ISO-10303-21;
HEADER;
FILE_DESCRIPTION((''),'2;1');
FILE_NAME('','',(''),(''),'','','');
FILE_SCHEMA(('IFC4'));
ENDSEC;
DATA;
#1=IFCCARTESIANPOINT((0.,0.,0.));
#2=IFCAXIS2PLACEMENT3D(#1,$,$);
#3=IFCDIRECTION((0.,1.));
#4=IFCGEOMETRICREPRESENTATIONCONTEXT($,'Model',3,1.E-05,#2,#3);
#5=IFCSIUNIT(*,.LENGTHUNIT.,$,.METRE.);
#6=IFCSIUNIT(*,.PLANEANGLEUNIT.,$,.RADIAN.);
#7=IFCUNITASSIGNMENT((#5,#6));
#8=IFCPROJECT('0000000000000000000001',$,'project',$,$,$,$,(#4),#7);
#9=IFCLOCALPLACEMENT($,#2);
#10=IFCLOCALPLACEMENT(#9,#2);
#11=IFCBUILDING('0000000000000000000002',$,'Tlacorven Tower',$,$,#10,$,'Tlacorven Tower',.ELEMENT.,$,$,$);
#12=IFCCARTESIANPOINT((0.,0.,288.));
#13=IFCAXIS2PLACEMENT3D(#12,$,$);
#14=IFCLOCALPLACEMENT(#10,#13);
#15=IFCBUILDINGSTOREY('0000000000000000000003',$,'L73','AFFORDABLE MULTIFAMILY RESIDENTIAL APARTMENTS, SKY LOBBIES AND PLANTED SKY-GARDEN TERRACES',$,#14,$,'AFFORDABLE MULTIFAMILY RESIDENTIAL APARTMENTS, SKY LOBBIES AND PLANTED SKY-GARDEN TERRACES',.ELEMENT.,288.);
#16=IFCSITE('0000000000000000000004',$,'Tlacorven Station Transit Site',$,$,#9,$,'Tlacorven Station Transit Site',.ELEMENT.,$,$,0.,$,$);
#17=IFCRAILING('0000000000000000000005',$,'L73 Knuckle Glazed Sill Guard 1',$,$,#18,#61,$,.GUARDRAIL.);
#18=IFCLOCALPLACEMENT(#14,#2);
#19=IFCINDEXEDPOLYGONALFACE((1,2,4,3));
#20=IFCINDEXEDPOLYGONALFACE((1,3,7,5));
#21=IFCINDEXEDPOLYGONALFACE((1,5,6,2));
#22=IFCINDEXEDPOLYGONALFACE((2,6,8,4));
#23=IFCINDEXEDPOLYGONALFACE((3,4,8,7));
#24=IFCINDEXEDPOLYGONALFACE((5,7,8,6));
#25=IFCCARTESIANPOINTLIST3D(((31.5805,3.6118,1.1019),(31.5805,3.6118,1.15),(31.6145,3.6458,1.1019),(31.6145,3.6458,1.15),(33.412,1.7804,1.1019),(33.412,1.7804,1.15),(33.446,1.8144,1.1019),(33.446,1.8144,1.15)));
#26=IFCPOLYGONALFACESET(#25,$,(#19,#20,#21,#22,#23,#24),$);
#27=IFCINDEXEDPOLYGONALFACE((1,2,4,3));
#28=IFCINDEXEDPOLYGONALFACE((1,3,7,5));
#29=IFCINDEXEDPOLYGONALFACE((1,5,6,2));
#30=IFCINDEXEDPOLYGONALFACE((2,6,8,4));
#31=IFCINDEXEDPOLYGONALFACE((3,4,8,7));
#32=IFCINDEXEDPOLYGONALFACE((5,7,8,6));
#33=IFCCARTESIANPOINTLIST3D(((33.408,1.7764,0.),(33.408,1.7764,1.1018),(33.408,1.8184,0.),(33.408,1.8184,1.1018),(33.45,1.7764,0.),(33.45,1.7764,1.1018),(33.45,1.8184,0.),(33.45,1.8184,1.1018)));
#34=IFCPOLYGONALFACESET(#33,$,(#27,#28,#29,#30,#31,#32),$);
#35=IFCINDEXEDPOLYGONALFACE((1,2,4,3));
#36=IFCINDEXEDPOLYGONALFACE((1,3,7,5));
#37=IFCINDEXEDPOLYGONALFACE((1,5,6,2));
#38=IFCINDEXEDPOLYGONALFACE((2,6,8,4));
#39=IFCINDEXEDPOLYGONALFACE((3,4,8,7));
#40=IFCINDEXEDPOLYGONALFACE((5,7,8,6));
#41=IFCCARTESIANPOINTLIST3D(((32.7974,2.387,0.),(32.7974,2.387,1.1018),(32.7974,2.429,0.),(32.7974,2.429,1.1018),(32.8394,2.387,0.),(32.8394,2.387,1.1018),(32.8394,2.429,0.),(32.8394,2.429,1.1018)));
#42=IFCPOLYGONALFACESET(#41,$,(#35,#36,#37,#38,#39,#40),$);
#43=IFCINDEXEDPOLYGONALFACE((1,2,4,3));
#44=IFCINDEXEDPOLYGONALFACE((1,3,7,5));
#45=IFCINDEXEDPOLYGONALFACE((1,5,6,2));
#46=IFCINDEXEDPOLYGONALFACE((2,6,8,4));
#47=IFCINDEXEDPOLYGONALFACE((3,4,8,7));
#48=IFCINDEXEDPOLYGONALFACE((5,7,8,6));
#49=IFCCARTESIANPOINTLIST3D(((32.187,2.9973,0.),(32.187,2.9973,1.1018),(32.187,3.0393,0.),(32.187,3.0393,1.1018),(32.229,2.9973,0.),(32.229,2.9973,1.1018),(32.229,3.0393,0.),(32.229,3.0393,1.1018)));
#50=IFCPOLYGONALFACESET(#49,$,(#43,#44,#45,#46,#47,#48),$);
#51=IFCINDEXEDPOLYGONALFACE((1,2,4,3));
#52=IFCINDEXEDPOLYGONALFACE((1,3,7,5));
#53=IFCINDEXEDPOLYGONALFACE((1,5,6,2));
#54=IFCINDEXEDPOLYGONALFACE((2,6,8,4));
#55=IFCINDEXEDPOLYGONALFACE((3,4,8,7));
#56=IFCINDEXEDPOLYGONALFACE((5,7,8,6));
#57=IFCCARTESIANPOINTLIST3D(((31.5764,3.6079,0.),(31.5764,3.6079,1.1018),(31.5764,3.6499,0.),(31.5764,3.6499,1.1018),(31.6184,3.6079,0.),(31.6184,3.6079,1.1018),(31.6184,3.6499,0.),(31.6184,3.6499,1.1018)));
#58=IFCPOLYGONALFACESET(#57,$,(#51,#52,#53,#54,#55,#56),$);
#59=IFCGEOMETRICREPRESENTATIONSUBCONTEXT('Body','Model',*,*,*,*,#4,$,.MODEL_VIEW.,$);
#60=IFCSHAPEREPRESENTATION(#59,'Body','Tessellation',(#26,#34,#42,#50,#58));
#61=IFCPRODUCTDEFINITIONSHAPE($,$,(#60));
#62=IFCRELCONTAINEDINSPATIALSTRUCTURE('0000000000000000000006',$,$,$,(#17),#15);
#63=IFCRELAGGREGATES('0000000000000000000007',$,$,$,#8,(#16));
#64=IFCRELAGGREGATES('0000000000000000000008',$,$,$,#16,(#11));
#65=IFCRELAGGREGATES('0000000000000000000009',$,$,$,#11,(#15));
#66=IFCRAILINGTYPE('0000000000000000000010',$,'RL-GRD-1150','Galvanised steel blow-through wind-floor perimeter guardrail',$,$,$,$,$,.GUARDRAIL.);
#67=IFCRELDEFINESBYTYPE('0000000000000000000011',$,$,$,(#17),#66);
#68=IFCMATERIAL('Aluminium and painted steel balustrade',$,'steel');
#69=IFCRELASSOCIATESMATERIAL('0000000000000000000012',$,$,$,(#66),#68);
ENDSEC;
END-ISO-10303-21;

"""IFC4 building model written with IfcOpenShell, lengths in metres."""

from ifc_helpers import new_model, si_unit, direction, frame, origin, origin_2d, place, context, subcontext, project, spatial, rectangle, extrude, source, transform, mapped, material, type_object, element, save


model = new_model("IFC4")

# Units and contexts
model_context = context("Model", 3, precision=1e-05, world=origin(), true_north=direction((0.0, 1.0)))
body_context = subcontext(model_context, "Body", "Model", "MODEL_VIEW")
ifc_project = project(units=[si_unit("LENGTHUNIT", "METRE"), si_unit("PLANEANGLEUNIT", "RADIAN")], contexts=[model_context])

# Site, building, storey
site_placement = place(None, origin())
site = spatial("IfcSite", under=ifc_project, at=site_placement, Name="Tlacorven Station Transit Site", LongName="Tlacorven Station Transit Site", CompositionType="ELEMENT", RefElevation=0.0)
building_placement = place(site_placement, origin())
building = spatial("IfcBuilding", under=site, at=building_placement, Name="Tlacorven Tower", LongName="Tlacorven Tower", CompositionType="ELEMENT")
storey_placement = place(building_placement, frame((0.0, 0.0, 288.0)))
storey = spatial("IfcBuildingStorey", under=building, at=storey_placement, Name="L73", Description="AFFORDABLE MULTIFAMILY RESIDENTIAL APARTMENTS, SKY LOBBIES AND PLANTED SKY-GARDEN TERRACES", LongName="AFFORDABLE MULTIFAMILY RESIDENTIAL APARTMENTS, SKY LOBBIES AND PLANTED SKY-GARDEN TERRACES", CompositionType="ELEMENT", Elevation=288.0)

# Railing
ifc_material_1 = material(Name="Aluminium and painted steel balustrade", Category="steel")
railing_type = type_object("IfcRailingType", Name="RL-GRD-1150", Description="Galvanised steel blow-through wind-floor perimeter guardrail", PredefinedType="GUARDRAIL", material=ifc_material_1)
shared_shape_1 = source(origin(), body_context, "Body", "SweptSolid", [
    extrude(rectangle(XDim=0.0481, YDim=0.0481, at=origin_2d()), frame((0.0, 0.0, 1.126), z_axis=(-0.707107, 0.707107, 0.0), x_axis=(-0.707107, -0.707107, 0.0)), (0.0, 0.0, 1.0), 2.5901),
    extrude(rectangle(XDim=0.042, YDim=0.042, at=origin_2d()), origin(), (0.0, 0.0, 1.0), 1.1018),
    extrude(rectangle(XDim=0.042, YDim=0.042, at=origin_2d()), frame((-0.6106, 0.6106, 0.0)), (0.0, 0.0, 1.0), 1.1018),
    extrude(rectangle(XDim=0.042, YDim=0.042, at=origin_2d()), frame((-1.2209, 1.2209, 0.0)), (0.0, 0.0, 1.0), 1.1018),
    extrude(rectangle(XDim=0.042, YDim=0.042, at=origin_2d()), frame((-1.8315, 1.8315, 0.0)), (0.0, 0.0, 1.0), 1.1018),
])
railing_placement = place(storey_placement, frame((33.429, 1.7974, 0.0)))
element("IfcRailing", 1, at=railing_placement, inside=storey, type_object=railing_type, Name="L73 Knuckle Glazed Sill Guard 1", PredefinedType="GUARDRAIL", context=body_context, shape_type="MappedRepresentation", body=[
    mapped(shared_shape_1, transform((0.0, 0.0, 0.0), scale=1.0)),
])

save(model, "model.ifc")
